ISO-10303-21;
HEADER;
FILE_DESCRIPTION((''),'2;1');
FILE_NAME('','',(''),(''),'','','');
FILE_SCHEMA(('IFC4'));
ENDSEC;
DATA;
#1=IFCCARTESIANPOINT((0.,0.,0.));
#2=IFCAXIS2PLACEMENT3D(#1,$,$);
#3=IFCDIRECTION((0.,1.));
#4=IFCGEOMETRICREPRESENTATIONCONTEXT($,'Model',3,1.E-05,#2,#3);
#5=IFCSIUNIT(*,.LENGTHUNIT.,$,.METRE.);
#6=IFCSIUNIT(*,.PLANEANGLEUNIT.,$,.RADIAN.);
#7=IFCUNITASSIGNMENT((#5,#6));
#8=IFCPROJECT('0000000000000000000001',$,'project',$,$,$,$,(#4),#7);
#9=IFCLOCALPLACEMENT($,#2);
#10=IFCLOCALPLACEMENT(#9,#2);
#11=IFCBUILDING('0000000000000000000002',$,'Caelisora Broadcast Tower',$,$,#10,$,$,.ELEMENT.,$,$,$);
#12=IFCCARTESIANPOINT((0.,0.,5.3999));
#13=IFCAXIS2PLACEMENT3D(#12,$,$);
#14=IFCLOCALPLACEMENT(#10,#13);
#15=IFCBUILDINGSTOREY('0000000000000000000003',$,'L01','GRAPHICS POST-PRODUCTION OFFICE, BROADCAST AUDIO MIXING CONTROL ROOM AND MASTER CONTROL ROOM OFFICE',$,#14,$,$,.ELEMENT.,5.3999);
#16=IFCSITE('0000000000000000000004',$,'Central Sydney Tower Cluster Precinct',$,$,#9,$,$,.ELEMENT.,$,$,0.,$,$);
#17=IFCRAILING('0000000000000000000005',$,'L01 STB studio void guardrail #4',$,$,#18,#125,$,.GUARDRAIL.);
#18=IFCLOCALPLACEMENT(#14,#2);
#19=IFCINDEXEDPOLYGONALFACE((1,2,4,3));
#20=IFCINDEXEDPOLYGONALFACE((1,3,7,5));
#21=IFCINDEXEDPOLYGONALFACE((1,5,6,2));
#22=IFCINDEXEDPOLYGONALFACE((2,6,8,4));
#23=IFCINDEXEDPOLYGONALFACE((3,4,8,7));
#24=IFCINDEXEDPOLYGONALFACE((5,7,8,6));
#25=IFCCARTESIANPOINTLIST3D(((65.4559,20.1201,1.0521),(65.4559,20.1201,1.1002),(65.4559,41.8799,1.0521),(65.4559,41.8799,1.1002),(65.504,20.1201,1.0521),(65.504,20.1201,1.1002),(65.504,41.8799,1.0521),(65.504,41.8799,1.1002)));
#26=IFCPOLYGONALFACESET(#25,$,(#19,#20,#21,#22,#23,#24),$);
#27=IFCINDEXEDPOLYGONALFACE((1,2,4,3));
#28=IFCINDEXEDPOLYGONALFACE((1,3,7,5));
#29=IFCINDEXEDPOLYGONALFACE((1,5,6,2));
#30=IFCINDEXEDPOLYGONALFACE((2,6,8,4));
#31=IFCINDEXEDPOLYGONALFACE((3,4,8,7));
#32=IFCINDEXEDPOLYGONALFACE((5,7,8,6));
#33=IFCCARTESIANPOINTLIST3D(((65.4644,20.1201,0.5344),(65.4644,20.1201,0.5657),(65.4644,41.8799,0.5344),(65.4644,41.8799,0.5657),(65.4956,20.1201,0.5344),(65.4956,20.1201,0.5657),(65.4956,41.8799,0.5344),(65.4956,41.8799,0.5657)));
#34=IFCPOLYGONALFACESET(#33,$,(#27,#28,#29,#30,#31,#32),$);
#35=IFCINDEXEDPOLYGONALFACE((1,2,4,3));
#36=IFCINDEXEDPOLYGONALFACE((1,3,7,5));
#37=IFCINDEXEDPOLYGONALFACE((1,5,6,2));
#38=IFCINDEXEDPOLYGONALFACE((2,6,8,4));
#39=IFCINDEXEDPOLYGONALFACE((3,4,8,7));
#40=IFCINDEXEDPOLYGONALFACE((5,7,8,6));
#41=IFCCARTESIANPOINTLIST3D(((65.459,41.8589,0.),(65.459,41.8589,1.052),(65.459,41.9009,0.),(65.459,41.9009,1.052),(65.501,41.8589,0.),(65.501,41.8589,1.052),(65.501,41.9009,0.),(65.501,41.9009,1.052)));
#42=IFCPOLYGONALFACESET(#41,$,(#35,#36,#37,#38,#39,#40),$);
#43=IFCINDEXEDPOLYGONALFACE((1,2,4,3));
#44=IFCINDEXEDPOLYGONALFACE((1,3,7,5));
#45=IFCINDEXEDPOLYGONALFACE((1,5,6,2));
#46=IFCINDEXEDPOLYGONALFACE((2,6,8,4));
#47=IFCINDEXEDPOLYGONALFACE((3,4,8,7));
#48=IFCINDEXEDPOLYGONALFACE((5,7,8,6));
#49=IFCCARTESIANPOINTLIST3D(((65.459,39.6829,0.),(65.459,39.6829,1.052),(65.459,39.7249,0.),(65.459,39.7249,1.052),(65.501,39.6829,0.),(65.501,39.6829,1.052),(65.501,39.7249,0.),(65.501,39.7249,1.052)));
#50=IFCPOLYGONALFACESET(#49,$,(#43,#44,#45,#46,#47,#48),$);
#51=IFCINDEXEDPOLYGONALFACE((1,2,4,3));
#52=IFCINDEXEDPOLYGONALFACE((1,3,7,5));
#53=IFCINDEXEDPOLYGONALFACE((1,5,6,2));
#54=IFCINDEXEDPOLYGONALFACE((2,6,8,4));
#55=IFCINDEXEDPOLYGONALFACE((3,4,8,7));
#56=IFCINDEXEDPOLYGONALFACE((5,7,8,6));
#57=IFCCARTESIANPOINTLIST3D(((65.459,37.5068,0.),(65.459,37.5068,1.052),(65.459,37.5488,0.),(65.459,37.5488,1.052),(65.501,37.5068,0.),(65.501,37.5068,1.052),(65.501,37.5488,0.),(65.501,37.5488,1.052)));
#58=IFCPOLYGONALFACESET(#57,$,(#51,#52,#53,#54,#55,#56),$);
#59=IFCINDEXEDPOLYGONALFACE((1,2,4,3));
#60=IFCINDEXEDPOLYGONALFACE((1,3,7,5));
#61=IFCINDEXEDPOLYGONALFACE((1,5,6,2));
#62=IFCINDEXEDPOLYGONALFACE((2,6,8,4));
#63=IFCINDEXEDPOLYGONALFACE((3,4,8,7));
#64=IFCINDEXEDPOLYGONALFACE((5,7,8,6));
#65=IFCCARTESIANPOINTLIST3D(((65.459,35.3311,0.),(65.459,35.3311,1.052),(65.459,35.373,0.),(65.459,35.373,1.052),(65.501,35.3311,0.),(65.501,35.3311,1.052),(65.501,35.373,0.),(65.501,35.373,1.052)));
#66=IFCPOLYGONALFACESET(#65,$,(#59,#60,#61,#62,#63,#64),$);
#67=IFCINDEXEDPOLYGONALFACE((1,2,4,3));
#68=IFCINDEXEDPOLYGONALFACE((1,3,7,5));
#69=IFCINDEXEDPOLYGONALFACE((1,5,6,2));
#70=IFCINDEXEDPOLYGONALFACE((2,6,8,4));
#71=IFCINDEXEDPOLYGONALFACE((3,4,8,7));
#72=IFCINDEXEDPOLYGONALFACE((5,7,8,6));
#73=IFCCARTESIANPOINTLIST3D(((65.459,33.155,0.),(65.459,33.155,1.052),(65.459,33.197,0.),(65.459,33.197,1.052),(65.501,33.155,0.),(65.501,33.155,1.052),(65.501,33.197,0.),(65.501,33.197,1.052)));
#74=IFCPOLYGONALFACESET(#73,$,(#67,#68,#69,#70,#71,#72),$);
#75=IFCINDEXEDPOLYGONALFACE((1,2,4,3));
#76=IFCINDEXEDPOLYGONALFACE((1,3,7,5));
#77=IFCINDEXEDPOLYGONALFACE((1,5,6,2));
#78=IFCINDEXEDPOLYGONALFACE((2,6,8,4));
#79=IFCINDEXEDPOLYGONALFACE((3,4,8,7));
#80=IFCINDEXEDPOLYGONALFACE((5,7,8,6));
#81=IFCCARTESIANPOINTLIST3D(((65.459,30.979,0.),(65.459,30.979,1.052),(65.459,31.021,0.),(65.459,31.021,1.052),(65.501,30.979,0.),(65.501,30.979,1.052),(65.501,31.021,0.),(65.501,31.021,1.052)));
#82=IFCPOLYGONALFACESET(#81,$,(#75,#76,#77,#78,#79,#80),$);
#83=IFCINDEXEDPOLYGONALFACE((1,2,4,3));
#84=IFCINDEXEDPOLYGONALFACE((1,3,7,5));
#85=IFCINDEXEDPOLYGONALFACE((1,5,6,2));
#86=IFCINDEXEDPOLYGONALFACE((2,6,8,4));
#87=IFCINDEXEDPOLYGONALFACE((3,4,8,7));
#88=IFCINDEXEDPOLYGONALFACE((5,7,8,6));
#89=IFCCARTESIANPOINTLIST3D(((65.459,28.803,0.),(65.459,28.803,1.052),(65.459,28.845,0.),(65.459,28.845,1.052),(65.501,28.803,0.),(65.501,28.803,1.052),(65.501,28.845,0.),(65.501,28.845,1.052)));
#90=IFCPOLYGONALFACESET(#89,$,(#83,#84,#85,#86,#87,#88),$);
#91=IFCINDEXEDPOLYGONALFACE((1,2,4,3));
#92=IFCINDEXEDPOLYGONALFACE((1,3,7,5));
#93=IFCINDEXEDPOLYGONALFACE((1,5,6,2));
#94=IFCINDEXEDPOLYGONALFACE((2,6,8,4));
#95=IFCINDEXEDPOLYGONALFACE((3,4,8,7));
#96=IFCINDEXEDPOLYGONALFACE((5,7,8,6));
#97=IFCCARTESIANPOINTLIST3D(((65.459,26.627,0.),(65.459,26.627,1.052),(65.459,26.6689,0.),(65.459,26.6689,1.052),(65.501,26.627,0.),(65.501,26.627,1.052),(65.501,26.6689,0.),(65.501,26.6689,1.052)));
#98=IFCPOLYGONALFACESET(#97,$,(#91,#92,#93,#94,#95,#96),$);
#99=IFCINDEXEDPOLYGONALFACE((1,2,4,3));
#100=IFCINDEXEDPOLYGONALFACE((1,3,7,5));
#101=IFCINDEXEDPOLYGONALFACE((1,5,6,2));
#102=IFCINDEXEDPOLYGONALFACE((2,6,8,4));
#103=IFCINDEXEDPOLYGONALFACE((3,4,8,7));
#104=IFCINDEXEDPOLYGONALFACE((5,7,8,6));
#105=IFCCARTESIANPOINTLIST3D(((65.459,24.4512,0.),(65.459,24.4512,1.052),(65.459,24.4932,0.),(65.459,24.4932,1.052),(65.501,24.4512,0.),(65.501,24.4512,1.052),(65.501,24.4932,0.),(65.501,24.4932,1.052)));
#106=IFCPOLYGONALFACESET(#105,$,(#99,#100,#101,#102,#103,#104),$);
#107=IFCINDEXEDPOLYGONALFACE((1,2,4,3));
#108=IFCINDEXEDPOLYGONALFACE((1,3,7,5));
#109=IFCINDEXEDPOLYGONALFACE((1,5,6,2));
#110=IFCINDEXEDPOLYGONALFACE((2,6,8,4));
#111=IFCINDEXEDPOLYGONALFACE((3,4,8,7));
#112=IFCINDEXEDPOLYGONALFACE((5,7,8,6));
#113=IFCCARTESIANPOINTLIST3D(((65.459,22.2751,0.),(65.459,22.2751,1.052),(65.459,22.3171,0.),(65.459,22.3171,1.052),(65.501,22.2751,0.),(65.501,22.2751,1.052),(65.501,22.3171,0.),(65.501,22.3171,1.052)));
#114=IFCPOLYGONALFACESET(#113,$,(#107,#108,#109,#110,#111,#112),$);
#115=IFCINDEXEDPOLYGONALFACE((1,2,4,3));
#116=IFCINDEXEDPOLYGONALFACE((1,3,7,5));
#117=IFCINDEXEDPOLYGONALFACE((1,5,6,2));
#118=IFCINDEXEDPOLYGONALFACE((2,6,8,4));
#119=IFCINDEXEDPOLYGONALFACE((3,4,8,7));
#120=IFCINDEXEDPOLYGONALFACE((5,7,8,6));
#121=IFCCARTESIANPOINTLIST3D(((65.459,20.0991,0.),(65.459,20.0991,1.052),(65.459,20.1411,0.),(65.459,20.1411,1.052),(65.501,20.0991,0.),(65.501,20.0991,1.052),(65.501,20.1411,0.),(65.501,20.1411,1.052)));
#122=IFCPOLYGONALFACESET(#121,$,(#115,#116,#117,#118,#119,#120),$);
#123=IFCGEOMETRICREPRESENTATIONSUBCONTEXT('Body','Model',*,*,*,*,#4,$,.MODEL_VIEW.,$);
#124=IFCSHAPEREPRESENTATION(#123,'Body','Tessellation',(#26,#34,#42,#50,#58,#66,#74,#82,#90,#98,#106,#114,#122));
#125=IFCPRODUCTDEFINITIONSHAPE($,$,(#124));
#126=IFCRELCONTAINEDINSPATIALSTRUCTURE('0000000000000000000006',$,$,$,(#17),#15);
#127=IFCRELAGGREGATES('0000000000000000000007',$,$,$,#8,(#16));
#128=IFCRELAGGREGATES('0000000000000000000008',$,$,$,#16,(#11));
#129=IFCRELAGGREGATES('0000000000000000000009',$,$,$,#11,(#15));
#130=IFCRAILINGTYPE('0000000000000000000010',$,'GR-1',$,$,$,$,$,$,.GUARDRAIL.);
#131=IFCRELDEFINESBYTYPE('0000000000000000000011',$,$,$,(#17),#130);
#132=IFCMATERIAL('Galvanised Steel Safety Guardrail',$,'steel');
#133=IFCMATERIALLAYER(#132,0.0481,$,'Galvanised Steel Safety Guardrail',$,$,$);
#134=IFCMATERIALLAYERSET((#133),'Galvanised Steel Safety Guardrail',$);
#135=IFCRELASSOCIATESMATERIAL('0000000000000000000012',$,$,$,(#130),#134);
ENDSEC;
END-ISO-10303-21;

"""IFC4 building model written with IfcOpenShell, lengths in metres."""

from ifc_helpers import new_model, si_unit, direction, frame, origin, origin_2d, place, context, subcontext, project, spatial, rectangle, extrude, material, layer, layer_set, type_object, element, save


model = new_model("IFC4")

# Units and contexts
model_context = context("Model", 3, precision=1e-05, world=origin(), true_north=direction((0.0, 1.0)))
body_context = subcontext(model_context, "Body", "Model", "MODEL_VIEW")
ifc_project = project(units=[si_unit("LENGTHUNIT", "METRE"), si_unit("PLANEANGLEUNIT", "RADIAN")], contexts=[model_context])

# Site, building, storey
site_placement = place(None, origin())
site = spatial("IfcSite", under=ifc_project, at=site_placement, Name="Central Sydney Tower Cluster Precinct", CompositionType="ELEMENT", RefElevation=0.0)
building_placement = place(site_placement, origin())
building = spatial("IfcBuilding", under=site, at=building_placement, Name="Caelisora Broadcast Tower", CompositionType="ELEMENT")
storey_placement = place(building_placement, frame((0.0, 0.0, 5.3999)))
storey = spatial("IfcBuildingStorey", under=building, at=storey_placement, Name="L01", Description="GRAPHICS POST-PRODUCTION OFFICE, BROADCAST AUDIO MIXING CONTROL ROOM AND MASTER CONTROL ROOM OFFICE", CompositionType="ELEMENT", Elevation=5.3999)

# Railing
ifc_material_1 = material(Name="Galvanised Steel Safety Guardrail", Category="steel")
ifc_layer_1 = layer(ifc_material_1, 0.0481, Name="Galvanised Steel Safety Guardrail")
ifc_layer_set_1 = layer_set([ifc_layer_1], Name="Galvanised Steel Safety Guardrail")
railing_type = type_object("IfcRailingType", Name="GR-1", PredefinedType="GUARDRAIL", material=ifc_layer_set_1)
railing_1_placement = place(storey_placement, frame((65.48, 41.8799, 0.0)))
element("IfcRailing", 1, at=railing_1_placement, inside=storey, type_object=railing_type, Name="L01 STB studio void guardrail #4", PredefinedType="GUARDRAIL", context=body_context, shape_type="SweptSolid", body=[
    extrude(rectangle(XDim=0.0481, YDim=0.0481, at=origin_2d()), frame((0.0, 0.0, 1.0762), z_axis=(0.0, -1.0, 0.0), x_axis=(1.0, 0.0, 0.0)), (0.0, 0.0, 1.0), 21.7598),
    extrude(rectangle(XDim=0.0312, YDim=0.0312, at=origin_2d()), frame((0.0, 0.0, 0.55), z_axis=(0.0, -1.0, 0.0), x_axis=(1.0, 0.0, 0.0)), (0.0, 0.0, 1.0), 21.7598),
    extrude(rectangle(XDim=0.042, YDim=0.042, at=origin_2d()), origin(), (0.0, 0.0, 1.0), 1.052),
    extrude(rectangle(XDim=0.042, YDim=0.042, at=origin_2d()), frame((0.0, -2.176, 0.0)), (0.0, 0.0, 1.0), 1.052),
    extrude(rectangle(XDim=0.042, YDim=0.042, at=origin_2d()), frame((0.0, -4.3521, 0.0)), (0.0, 0.0, 1.0), 1.052),
    extrude(rectangle(XDim=0.042, YDim=0.042, at=origin_2d()), frame((0.0, -6.5278, 0.0)), (0.0, 0.0, 1.0), 1.052),
    extrude(rectangle(XDim=0.042, YDim=0.042, at=origin_2d()), frame((0.0, -8.7039, 0.0)), (0.0, 0.0, 1.0), 1.052),
    extrude(rectangle(XDim=0.042, YDim=0.042, at=origin_2d()), frame((0.0, -10.8799, 0.0)), (0.0, 0.0, 1.0), 1.052),
    extrude(rectangle(XDim=0.042, YDim=0.042, at=origin_2d()), frame((0.0, -13.0559, 0.0)), (0.0, 0.0, 1.0), 1.052),
    extrude(rectangle(XDim=0.042, YDim=0.042, at=origin_2d()), frame((0.0, -15.2319, 0.0)), (0.0, 0.0, 1.0), 1.052),
    extrude(rectangle(XDim=0.042, YDim=0.042, at=origin_2d()), frame((0.0, -17.4077, 0.0)), (0.0, 0.0, 1.0), 1.052),
    extrude(rectangle(XDim=0.042, YDim=0.042, at=origin_2d()), frame((0.0, -19.5837, 0.0)), (0.0, 0.0, 1.0), 1.052),
    extrude(rectangle(XDim=0.042, YDim=0.042, at=origin_2d()), frame((0.0, -21.7598, 0.0)), (0.0, 0.0, 1.0), 1.052),
])

save(model, "model.ifc")
